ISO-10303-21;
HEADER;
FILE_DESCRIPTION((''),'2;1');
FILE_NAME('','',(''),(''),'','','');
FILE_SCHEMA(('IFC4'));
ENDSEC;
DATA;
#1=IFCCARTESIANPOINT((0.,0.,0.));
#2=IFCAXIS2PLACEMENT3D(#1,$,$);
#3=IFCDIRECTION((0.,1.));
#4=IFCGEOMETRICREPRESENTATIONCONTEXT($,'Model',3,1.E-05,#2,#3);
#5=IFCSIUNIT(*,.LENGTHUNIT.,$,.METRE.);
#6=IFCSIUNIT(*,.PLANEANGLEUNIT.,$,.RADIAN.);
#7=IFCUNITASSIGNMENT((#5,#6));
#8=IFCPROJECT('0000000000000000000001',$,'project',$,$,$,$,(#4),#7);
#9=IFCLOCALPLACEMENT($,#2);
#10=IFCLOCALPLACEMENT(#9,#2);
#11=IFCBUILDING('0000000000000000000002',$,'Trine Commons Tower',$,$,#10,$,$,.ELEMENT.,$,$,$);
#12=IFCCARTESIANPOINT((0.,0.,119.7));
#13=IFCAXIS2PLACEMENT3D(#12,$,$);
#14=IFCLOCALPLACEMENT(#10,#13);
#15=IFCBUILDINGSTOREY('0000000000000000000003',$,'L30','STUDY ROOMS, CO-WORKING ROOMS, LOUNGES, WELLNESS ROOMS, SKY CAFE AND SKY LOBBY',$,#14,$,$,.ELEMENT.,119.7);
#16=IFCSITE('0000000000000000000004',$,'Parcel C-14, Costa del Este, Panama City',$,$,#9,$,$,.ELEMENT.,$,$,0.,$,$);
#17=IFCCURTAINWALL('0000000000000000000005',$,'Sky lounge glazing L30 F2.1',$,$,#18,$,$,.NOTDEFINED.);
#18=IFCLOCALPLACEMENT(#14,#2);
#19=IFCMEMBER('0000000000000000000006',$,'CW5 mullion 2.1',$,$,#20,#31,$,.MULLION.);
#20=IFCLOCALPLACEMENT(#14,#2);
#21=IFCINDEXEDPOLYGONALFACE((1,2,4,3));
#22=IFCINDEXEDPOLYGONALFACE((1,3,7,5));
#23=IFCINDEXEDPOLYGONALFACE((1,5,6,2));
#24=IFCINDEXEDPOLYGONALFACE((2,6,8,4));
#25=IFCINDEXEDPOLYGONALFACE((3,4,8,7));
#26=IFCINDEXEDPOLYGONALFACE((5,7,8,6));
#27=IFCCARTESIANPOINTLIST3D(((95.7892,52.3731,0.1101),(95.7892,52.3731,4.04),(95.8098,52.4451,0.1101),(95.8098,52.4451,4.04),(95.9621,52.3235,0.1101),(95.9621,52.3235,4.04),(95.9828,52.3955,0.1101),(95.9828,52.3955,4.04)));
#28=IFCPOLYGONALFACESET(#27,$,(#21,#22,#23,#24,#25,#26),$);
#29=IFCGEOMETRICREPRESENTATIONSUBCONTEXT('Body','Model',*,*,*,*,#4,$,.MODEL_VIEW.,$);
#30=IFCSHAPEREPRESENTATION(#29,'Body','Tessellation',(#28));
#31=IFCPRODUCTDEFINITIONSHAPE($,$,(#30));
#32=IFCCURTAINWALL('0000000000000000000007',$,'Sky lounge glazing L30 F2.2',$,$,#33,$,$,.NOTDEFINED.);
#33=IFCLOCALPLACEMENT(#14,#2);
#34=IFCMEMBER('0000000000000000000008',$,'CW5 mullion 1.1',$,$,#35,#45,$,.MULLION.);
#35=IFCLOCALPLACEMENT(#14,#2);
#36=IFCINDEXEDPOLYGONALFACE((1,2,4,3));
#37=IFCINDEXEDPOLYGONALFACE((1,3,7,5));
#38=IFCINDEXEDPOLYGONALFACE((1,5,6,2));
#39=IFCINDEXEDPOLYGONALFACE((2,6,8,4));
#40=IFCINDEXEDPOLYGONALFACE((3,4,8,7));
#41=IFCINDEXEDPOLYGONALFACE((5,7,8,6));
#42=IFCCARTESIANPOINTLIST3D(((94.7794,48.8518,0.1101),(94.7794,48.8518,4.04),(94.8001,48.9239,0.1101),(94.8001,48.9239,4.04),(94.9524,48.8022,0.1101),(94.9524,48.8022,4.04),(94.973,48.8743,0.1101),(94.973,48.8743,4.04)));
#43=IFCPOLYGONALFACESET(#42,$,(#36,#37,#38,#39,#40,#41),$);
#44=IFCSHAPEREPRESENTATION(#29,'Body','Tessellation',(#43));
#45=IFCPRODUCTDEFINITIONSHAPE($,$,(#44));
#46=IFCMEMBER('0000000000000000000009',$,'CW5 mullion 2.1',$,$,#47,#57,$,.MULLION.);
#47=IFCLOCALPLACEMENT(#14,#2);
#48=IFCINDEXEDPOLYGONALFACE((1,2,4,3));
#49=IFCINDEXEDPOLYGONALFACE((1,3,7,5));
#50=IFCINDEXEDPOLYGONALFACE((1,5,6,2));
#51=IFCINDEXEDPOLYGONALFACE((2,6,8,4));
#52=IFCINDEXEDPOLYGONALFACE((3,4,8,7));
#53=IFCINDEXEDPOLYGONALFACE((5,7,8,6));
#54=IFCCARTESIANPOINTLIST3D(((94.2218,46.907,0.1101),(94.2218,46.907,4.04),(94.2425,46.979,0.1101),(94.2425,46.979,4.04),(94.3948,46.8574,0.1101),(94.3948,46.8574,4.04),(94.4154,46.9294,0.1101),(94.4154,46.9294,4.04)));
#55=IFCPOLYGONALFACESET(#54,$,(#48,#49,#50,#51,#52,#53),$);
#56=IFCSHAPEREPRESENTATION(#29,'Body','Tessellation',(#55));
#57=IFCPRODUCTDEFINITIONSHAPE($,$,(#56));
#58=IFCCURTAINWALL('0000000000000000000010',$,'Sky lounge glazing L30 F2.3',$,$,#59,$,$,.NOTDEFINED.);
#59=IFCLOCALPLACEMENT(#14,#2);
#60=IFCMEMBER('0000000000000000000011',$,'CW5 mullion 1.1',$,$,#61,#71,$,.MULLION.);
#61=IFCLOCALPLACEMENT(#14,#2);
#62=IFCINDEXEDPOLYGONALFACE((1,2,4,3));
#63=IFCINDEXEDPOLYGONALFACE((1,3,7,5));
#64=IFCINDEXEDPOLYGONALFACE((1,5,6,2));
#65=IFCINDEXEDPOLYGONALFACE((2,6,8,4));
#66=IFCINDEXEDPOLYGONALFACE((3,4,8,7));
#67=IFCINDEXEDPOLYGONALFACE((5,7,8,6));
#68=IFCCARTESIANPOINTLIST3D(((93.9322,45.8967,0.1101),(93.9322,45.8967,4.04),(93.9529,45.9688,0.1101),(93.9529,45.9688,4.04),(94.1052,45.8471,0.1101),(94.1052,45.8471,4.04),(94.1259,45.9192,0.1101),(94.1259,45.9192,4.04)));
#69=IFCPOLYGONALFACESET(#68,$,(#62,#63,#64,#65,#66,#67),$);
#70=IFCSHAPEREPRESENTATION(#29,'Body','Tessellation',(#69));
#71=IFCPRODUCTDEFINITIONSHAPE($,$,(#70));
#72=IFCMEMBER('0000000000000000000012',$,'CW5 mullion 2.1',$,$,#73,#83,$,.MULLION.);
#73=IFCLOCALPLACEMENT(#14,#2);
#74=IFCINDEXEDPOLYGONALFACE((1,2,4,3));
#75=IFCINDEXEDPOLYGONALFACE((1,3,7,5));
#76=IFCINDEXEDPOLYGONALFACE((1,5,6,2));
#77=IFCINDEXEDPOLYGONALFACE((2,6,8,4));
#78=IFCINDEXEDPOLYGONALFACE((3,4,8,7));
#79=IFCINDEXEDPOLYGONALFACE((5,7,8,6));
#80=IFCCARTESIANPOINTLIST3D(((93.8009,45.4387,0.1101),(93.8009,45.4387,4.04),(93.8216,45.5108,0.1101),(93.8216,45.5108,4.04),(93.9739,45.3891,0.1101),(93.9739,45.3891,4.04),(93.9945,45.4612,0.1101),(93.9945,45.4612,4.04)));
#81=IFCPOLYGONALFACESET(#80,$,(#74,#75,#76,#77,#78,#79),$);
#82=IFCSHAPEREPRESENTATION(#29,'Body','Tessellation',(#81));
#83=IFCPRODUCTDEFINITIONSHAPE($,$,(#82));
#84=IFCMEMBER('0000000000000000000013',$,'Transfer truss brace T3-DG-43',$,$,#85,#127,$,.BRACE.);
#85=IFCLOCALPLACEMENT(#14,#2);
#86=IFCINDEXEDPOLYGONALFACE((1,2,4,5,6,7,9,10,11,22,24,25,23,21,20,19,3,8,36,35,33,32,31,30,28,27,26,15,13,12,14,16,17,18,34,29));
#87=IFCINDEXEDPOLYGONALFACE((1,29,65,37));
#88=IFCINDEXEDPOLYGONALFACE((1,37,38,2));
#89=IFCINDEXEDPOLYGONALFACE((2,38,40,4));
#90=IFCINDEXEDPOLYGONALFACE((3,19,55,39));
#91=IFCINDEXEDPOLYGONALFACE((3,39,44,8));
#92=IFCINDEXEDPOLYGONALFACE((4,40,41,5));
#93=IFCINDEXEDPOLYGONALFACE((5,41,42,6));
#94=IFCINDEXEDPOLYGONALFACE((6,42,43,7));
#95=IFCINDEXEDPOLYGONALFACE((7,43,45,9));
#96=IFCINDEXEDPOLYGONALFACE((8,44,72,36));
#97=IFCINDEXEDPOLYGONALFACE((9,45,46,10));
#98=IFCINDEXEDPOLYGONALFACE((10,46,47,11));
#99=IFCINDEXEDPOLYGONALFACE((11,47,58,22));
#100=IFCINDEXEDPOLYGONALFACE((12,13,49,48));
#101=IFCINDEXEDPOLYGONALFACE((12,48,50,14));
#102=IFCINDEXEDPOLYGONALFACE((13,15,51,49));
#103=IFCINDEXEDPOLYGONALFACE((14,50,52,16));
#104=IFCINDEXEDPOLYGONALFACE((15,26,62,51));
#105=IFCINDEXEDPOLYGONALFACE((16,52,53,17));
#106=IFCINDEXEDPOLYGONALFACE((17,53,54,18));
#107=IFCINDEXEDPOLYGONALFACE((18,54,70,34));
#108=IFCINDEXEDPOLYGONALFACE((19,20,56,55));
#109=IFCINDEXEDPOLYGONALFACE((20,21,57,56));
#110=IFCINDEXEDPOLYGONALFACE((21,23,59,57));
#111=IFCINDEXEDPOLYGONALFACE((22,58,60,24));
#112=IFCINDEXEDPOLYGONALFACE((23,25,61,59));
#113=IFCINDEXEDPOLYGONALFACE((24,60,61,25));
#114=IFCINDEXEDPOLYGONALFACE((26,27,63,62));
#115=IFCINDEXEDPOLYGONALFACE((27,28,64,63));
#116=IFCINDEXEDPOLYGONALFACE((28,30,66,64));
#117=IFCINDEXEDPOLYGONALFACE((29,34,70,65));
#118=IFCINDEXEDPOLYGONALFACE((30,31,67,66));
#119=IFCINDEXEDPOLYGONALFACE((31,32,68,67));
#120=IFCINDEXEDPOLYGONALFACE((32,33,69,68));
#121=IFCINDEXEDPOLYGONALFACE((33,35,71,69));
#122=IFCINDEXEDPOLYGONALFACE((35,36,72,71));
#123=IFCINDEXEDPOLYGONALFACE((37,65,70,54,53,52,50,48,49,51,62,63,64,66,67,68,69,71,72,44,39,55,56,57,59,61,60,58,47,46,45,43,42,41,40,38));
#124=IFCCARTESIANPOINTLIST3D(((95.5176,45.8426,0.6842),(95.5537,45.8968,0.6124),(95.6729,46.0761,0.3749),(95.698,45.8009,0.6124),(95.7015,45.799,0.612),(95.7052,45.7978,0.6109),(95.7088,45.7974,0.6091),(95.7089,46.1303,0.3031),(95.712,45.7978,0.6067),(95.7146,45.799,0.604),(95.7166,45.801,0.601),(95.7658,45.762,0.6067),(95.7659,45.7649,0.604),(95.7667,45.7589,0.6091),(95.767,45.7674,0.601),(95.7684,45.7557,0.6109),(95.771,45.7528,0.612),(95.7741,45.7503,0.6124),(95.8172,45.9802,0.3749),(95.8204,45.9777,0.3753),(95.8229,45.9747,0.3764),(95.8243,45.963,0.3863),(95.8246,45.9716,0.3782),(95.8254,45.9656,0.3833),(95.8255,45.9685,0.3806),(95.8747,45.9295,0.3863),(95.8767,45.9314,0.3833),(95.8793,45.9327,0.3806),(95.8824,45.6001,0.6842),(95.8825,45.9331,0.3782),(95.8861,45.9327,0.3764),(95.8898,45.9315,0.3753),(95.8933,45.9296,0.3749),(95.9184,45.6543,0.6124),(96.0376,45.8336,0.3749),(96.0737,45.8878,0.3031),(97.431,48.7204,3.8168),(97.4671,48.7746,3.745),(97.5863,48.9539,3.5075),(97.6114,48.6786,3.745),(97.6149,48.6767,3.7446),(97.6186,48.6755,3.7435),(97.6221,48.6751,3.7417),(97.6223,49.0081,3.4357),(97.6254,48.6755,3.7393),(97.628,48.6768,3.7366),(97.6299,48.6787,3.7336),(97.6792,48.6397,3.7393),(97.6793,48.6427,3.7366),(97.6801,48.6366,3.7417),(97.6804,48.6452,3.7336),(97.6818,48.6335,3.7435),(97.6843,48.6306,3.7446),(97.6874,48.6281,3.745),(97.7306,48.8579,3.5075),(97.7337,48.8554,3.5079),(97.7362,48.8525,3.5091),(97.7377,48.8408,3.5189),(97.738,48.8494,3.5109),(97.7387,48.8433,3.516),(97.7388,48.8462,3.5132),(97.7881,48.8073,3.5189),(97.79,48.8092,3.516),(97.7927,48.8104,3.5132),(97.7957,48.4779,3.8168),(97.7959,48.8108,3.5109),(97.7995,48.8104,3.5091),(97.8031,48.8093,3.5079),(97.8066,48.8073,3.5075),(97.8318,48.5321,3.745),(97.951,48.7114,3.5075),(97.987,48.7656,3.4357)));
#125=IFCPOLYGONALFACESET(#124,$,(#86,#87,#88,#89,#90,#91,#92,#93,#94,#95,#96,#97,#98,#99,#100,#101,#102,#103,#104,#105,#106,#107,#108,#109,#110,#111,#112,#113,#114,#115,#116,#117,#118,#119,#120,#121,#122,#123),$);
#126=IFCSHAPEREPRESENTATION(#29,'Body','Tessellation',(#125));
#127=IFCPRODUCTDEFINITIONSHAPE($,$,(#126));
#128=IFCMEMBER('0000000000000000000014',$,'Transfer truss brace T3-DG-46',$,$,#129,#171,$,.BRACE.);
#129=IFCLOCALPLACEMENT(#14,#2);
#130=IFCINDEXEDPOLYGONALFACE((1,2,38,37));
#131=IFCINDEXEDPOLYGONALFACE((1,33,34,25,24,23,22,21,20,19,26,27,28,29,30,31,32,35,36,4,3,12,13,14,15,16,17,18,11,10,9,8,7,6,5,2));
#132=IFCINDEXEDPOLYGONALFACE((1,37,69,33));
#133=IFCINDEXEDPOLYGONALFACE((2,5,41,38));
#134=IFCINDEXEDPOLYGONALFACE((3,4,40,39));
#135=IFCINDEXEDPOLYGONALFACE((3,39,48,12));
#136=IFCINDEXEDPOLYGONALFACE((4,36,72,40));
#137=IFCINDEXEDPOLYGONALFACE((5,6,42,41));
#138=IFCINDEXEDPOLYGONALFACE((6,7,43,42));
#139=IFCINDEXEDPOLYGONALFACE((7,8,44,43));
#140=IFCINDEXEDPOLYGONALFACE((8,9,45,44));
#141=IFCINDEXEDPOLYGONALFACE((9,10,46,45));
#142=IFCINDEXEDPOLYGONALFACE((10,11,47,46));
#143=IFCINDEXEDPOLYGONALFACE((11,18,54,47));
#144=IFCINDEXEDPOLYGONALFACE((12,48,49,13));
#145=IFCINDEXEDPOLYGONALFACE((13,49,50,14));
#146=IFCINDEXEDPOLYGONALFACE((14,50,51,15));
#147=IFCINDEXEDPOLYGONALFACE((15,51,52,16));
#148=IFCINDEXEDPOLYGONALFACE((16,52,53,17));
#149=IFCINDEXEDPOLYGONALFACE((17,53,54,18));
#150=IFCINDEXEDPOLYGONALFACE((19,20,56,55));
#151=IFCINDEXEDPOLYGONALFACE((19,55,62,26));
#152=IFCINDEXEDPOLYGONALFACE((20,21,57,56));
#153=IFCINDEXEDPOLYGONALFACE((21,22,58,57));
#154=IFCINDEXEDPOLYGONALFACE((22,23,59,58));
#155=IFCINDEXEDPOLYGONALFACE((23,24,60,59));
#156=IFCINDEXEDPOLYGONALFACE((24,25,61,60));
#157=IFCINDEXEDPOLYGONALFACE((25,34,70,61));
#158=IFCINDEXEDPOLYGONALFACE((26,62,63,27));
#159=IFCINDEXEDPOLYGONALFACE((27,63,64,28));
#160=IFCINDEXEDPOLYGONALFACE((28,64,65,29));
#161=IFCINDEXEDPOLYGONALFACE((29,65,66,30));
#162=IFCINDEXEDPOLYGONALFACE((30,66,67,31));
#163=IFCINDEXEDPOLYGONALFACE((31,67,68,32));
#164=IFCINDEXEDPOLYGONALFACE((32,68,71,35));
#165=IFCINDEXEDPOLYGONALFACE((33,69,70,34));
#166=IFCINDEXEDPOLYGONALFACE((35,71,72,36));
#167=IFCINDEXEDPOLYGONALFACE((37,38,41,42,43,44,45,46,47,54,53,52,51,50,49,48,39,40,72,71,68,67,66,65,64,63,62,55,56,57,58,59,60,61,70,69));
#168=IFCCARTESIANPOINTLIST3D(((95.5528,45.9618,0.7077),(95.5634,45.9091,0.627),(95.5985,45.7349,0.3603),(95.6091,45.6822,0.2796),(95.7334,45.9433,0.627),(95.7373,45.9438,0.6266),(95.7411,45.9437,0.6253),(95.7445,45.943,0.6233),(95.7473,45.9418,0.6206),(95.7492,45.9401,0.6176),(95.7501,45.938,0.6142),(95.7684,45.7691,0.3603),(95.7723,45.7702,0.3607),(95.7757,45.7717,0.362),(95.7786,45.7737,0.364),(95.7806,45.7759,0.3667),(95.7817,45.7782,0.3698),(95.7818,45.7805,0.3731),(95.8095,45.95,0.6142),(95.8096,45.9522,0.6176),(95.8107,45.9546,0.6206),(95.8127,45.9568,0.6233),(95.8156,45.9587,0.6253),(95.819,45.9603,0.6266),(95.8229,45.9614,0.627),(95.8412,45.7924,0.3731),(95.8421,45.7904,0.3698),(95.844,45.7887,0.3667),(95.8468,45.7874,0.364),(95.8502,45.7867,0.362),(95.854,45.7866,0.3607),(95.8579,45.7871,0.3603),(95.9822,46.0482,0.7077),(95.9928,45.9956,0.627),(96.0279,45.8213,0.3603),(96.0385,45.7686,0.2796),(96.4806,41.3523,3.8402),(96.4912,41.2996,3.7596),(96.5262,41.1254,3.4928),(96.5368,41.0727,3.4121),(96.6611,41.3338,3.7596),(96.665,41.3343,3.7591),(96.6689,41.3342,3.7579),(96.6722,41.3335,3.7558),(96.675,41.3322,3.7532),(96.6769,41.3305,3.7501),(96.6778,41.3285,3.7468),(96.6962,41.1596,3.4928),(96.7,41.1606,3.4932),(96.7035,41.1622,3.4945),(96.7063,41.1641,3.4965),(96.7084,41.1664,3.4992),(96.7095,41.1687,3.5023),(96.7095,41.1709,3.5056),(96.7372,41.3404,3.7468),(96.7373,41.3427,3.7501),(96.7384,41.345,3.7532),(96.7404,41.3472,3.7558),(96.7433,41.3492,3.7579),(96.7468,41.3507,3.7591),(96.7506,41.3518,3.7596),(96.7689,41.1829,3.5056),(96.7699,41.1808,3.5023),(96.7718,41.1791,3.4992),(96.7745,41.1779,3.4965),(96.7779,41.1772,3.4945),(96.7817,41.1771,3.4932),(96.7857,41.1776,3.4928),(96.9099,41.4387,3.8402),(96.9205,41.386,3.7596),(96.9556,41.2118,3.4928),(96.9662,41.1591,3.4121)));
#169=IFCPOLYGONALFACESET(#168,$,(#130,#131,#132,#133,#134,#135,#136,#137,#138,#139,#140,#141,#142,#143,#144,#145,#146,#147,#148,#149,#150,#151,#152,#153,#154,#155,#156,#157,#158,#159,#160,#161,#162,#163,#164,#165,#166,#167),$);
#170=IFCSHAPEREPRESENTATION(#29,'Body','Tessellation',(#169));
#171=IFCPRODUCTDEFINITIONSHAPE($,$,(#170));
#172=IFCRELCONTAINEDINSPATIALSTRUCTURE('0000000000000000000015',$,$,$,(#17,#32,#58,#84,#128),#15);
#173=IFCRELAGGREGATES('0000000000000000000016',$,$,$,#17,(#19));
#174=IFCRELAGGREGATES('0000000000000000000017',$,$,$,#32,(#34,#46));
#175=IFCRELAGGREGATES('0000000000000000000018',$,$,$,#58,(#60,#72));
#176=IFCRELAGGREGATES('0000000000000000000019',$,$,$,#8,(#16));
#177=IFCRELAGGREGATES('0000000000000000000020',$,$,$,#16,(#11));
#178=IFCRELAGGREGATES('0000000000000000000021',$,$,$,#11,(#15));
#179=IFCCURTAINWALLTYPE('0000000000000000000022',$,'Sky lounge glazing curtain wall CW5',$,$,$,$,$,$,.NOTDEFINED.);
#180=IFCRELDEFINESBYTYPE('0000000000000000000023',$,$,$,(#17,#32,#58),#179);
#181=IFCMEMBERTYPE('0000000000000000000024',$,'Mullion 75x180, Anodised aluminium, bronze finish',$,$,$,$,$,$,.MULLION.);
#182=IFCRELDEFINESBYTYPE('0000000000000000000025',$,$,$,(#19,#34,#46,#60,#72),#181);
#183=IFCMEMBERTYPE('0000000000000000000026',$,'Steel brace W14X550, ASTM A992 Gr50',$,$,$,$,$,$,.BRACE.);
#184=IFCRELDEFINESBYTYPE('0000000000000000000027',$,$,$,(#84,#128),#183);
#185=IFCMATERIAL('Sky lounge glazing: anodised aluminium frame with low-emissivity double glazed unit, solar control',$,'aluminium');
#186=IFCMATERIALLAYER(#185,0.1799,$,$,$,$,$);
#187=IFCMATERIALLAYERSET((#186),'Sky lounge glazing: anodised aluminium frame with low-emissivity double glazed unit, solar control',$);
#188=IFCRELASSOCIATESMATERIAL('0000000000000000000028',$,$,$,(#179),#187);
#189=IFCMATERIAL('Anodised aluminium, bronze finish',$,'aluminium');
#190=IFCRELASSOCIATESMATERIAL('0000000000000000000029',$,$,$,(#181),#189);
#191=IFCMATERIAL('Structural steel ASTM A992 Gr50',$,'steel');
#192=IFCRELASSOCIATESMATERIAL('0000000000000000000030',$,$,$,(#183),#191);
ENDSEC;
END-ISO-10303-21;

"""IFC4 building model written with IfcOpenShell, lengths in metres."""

from ifc_helpers import new_model, si_unit, direction, frame, origin, origin_2d, place, context, subcontext, project, spatial, rectangle, i_section, extrude, material, layer, layer_set, material_profile, profile_set, type_object, element, aggregate, save


model = new_model("IFC4")

# Units and contexts
model_context = context("Model", 3, precision=1e-05, world=origin(), true_north=direction((0.0, 1.0)))
body_context = subcontext(model_context, "Body", "Model", "MODEL_VIEW")
ifc_project = project(units=[si_unit("LENGTHUNIT", "METRE"), si_unit("PLANEANGLEUNIT", "RADIAN")], contexts=[model_context])

# Site, building, storey
site_placement = place(None, origin())
site = spatial("IfcSite", under=ifc_project, at=site_placement, Name="Parcel C-14, Costa del Este, Panama City", CompositionType="ELEMENT", RefElevation=0.0)
building_placement = place(site_placement, origin())
building = spatial("IfcBuilding", under=site, at=building_placement, Name="Trine Commons Tower", CompositionType="ELEMENT")
storey_placement = place(building_placement, frame((0.0, 0.0, 119.7)))
storey = spatial("IfcBuildingStorey", under=building, at=storey_placement, Name="L30", Description="STUDY ROOMS, CO-WORKING ROOMS, LOUNGES, WELLNESS ROOMS, SKY CAFE AND SKY LOBBY", CompositionType="ELEMENT", Elevation=119.7)

# Curtain wall, member
ifc_material_1 = material(Name="Sky lounge glazing: anodised aluminium frame with low-emissivity double glazed unit, solar control", Category="aluminium")
ifc_layer_1 = layer(ifc_material_1, 0.1799)
ifc_layer_set_1 = layer_set([ifc_layer_1], Name="Sky lounge glazing: anodised aluminium frame with low-emissivity double glazed unit, solar control")
curtain_wall_type = type_object("IfcCurtainWallType", Name="Sky lounge glazing curtain wall CW5", PredefinedType="NOTDEFINED", material=ifc_layer_set_1)
curtain_wall_1_placement = place(storey_placement, origin())
curtain_wall_1 = element("IfcCurtainWall", 1, at=curtain_wall_1_placement, inside=storey, type_object=curtain_wall_type, Name="Sky lounge glazing L30 F2.1", PredefinedType="NOTDEFINED")
ifc_material_2 = material(Name="Anodised aluminium, bronze finish", Category="aluminium")
ifc_material_profile_1 = material_profile(ifc_material_2, rectangle(XDim=0.1799, YDim=0.075, at=origin_2d()), Name="Mullion 75x180")
ifc_profile_set_1 = profile_set([ifc_material_profile_1], Name="Anodised aluminium, bronze finish")
member_type_1 = type_object("IfcMemberType", Name="Mullion 75x180, Anodised aluminium, bronze finish", PredefinedType="MULLION", material=ifc_profile_set_1)
member_1_placement = place(storey_placement, frame((95.886, 52.3843, 0.1101), z_axis=(0.0, 0.0, 1.0), x_axis=(0.961262, -0.275637, 0.0)))
member_1 = element("IfcMember", 2, at=member_1_placement, type_object=member_type_1, Name="CW5 mullion 2.1", PredefinedType="MULLION", context=body_context, shape_type="SweptSolid", body=[
    extrude(rectangle(XDim=0.1799, YDim=0.075, at=origin_2d()), origin(), (0.0, 0.0, 1.0), 3.9299),
])
aggregate(curtain_wall_1, [member_1])

# Curtain walls, members
curtain_wall_2_placement = place(storey_placement, origin())
curtain_wall_2 = element("IfcCurtainWall", 3, at=curtain_wall_2_placement, inside=storey, type_object=curtain_wall_type, Name="Sky lounge glazing L30 F2.2", PredefinedType="NOTDEFINED")
member_2_placement = place(storey_placement, frame((94.8762, 48.863, 0.1101), z_axis=(0.0, 0.0, 1.0), x_axis=(0.961262, -0.275637, 0.0)))
member_2 = element("IfcMember", 4, at=member_2_placement, type_object=member_type_1, Name="CW5 mullion 1.1", PredefinedType="MULLION", context=body_context, shape_type="SweptSolid", body=[
    extrude(rectangle(XDim=0.1799, YDim=0.075, at=origin_2d()), origin(), (0.0, 0.0, 1.0), 3.9299),
])
member_3_placement = place(storey_placement, frame((94.3186, 46.9182, 0.1101), z_axis=(0.0, 0.0, 1.0), x_axis=(0.961262, -0.275637, 0.0)))
member_3 = element("IfcMember", 5, at=member_3_placement, type_object=member_type_1, Name="CW5 mullion 2.1", PredefinedType="MULLION", context=body_context, shape_type="SweptSolid", body=[
    extrude(rectangle(XDim=0.1799, YDim=0.075, at=origin_2d()), origin(), (0.0, 0.0, 1.0), 3.9299),
])
curtain_wall_3_placement = place(storey_placement, origin())
curtain_wall_3 = element("IfcCurtainWall", 6, at=curtain_wall_3_placement, inside=storey, type_object=curtain_wall_type, Name="Sky lounge glazing L30 F2.3", PredefinedType="NOTDEFINED")
member_4_placement = place(storey_placement, frame((94.0291, 45.908, 0.1101), z_axis=(0.0, 0.0, 1.0), x_axis=(0.961262, -0.275637, 0.0)))
member_4 = element("IfcMember", 7, at=member_4_placement, type_object=member_type_1, Name="CW5 mullion 1.1", PredefinedType="MULLION", context=body_context, shape_type="SweptSolid", body=[
    extrude(rectangle(XDim=0.1799, YDim=0.075, at=origin_2d()), origin(), (0.0, 0.0, 1.0), 3.9299),
])
member_5_placement = place(storey_placement, frame((93.8977, 45.45, 0.1101), z_axis=(0.0, 0.0, 1.0), x_axis=(0.961262, -0.275637, 0.0)))
member_5 = element("IfcMember", 8, at=member_5_placement, type_object=member_type_1, Name="CW5 mullion 2.1", PredefinedType="MULLION", context=body_context, shape_type="SweptSolid", body=[
    extrude(rectangle(XDim=0.1799, YDim=0.075, at=origin_2d()), origin(), (0.0, 0.0, 1.0), 3.9299),
])

# Members
ifc_material_3 = material(Name="Structural steel ASTM A992 Gr50", Category="steel")
ifc_material_profile_2 = material_profile(ifc_material_3, i_section(OverallWidth=0.438, OverallDepth=0.5144, WebThickness=0.0605, FlangeThickness=0.0969, FilletRadius=0.0154, at=origin_2d()), Name="W14X550")
ifc_profile_set_2 = profile_set([ifc_material_profile_2], Name="Structural steel ASTM A992 Gr50")
member_type_2 = type_object("IfcMemberType", Name="Steel brace W14X550, ASTM A992 Gr50", PredefinedType="BRACE", material=ifc_profile_set_2)
member_6_placement = place(storey_placement, frame((95.7957, 45.8652, 0.4937), z_axis=(0.410215, 0.616971, 0.671618), x_axis=(-0.832734, 0.553673, 0.0)))
element("IfcMember", 9, at=member_6_placement, inside=storey, type_object=member_type_2, Name="Transfer truss brace T3-DG-43", PredefinedType="BRACE", context=body_context, shape_type="SweptSolid", body=[
    extrude(i_section(OverallWidth=0.438, OverallDepth=0.5144, WebThickness=0.0605, FlangeThickness=0.0969, FilletRadius=0.0154, at=origin_2d()), origin(), (0.0, 0.0, 1.0), 4.6643),
])
member_7_placement = place(storey_placement, frame((95.7957, 45.8652, 0.4937), z_axis=(0.164201, -0.815865, 0.554439), x_axis=(0.980342, 0.197304, 0.0)))
element("IfcMember", 10, at=member_7_placement, inside=storey, type_object=member_type_2, Name="Transfer truss brace T3-DG-46", PredefinedType="BRACE", context=body_context, shape_type="SweptSolid", body=[
    extrude(i_section(OverallWidth=0.438, OverallDepth=0.5144, WebThickness=0.0605, FlangeThickness=0.0969, FilletRadius=0.0154, at=origin_2d()), origin(), (0.0, 0.0, 1.0), 5.6499),
])

aggregate(curtain_wall_2, [member_2, member_3])
aggregate(curtain_wall_3, [member_4, member_5])

save(model, "model.ifc")
